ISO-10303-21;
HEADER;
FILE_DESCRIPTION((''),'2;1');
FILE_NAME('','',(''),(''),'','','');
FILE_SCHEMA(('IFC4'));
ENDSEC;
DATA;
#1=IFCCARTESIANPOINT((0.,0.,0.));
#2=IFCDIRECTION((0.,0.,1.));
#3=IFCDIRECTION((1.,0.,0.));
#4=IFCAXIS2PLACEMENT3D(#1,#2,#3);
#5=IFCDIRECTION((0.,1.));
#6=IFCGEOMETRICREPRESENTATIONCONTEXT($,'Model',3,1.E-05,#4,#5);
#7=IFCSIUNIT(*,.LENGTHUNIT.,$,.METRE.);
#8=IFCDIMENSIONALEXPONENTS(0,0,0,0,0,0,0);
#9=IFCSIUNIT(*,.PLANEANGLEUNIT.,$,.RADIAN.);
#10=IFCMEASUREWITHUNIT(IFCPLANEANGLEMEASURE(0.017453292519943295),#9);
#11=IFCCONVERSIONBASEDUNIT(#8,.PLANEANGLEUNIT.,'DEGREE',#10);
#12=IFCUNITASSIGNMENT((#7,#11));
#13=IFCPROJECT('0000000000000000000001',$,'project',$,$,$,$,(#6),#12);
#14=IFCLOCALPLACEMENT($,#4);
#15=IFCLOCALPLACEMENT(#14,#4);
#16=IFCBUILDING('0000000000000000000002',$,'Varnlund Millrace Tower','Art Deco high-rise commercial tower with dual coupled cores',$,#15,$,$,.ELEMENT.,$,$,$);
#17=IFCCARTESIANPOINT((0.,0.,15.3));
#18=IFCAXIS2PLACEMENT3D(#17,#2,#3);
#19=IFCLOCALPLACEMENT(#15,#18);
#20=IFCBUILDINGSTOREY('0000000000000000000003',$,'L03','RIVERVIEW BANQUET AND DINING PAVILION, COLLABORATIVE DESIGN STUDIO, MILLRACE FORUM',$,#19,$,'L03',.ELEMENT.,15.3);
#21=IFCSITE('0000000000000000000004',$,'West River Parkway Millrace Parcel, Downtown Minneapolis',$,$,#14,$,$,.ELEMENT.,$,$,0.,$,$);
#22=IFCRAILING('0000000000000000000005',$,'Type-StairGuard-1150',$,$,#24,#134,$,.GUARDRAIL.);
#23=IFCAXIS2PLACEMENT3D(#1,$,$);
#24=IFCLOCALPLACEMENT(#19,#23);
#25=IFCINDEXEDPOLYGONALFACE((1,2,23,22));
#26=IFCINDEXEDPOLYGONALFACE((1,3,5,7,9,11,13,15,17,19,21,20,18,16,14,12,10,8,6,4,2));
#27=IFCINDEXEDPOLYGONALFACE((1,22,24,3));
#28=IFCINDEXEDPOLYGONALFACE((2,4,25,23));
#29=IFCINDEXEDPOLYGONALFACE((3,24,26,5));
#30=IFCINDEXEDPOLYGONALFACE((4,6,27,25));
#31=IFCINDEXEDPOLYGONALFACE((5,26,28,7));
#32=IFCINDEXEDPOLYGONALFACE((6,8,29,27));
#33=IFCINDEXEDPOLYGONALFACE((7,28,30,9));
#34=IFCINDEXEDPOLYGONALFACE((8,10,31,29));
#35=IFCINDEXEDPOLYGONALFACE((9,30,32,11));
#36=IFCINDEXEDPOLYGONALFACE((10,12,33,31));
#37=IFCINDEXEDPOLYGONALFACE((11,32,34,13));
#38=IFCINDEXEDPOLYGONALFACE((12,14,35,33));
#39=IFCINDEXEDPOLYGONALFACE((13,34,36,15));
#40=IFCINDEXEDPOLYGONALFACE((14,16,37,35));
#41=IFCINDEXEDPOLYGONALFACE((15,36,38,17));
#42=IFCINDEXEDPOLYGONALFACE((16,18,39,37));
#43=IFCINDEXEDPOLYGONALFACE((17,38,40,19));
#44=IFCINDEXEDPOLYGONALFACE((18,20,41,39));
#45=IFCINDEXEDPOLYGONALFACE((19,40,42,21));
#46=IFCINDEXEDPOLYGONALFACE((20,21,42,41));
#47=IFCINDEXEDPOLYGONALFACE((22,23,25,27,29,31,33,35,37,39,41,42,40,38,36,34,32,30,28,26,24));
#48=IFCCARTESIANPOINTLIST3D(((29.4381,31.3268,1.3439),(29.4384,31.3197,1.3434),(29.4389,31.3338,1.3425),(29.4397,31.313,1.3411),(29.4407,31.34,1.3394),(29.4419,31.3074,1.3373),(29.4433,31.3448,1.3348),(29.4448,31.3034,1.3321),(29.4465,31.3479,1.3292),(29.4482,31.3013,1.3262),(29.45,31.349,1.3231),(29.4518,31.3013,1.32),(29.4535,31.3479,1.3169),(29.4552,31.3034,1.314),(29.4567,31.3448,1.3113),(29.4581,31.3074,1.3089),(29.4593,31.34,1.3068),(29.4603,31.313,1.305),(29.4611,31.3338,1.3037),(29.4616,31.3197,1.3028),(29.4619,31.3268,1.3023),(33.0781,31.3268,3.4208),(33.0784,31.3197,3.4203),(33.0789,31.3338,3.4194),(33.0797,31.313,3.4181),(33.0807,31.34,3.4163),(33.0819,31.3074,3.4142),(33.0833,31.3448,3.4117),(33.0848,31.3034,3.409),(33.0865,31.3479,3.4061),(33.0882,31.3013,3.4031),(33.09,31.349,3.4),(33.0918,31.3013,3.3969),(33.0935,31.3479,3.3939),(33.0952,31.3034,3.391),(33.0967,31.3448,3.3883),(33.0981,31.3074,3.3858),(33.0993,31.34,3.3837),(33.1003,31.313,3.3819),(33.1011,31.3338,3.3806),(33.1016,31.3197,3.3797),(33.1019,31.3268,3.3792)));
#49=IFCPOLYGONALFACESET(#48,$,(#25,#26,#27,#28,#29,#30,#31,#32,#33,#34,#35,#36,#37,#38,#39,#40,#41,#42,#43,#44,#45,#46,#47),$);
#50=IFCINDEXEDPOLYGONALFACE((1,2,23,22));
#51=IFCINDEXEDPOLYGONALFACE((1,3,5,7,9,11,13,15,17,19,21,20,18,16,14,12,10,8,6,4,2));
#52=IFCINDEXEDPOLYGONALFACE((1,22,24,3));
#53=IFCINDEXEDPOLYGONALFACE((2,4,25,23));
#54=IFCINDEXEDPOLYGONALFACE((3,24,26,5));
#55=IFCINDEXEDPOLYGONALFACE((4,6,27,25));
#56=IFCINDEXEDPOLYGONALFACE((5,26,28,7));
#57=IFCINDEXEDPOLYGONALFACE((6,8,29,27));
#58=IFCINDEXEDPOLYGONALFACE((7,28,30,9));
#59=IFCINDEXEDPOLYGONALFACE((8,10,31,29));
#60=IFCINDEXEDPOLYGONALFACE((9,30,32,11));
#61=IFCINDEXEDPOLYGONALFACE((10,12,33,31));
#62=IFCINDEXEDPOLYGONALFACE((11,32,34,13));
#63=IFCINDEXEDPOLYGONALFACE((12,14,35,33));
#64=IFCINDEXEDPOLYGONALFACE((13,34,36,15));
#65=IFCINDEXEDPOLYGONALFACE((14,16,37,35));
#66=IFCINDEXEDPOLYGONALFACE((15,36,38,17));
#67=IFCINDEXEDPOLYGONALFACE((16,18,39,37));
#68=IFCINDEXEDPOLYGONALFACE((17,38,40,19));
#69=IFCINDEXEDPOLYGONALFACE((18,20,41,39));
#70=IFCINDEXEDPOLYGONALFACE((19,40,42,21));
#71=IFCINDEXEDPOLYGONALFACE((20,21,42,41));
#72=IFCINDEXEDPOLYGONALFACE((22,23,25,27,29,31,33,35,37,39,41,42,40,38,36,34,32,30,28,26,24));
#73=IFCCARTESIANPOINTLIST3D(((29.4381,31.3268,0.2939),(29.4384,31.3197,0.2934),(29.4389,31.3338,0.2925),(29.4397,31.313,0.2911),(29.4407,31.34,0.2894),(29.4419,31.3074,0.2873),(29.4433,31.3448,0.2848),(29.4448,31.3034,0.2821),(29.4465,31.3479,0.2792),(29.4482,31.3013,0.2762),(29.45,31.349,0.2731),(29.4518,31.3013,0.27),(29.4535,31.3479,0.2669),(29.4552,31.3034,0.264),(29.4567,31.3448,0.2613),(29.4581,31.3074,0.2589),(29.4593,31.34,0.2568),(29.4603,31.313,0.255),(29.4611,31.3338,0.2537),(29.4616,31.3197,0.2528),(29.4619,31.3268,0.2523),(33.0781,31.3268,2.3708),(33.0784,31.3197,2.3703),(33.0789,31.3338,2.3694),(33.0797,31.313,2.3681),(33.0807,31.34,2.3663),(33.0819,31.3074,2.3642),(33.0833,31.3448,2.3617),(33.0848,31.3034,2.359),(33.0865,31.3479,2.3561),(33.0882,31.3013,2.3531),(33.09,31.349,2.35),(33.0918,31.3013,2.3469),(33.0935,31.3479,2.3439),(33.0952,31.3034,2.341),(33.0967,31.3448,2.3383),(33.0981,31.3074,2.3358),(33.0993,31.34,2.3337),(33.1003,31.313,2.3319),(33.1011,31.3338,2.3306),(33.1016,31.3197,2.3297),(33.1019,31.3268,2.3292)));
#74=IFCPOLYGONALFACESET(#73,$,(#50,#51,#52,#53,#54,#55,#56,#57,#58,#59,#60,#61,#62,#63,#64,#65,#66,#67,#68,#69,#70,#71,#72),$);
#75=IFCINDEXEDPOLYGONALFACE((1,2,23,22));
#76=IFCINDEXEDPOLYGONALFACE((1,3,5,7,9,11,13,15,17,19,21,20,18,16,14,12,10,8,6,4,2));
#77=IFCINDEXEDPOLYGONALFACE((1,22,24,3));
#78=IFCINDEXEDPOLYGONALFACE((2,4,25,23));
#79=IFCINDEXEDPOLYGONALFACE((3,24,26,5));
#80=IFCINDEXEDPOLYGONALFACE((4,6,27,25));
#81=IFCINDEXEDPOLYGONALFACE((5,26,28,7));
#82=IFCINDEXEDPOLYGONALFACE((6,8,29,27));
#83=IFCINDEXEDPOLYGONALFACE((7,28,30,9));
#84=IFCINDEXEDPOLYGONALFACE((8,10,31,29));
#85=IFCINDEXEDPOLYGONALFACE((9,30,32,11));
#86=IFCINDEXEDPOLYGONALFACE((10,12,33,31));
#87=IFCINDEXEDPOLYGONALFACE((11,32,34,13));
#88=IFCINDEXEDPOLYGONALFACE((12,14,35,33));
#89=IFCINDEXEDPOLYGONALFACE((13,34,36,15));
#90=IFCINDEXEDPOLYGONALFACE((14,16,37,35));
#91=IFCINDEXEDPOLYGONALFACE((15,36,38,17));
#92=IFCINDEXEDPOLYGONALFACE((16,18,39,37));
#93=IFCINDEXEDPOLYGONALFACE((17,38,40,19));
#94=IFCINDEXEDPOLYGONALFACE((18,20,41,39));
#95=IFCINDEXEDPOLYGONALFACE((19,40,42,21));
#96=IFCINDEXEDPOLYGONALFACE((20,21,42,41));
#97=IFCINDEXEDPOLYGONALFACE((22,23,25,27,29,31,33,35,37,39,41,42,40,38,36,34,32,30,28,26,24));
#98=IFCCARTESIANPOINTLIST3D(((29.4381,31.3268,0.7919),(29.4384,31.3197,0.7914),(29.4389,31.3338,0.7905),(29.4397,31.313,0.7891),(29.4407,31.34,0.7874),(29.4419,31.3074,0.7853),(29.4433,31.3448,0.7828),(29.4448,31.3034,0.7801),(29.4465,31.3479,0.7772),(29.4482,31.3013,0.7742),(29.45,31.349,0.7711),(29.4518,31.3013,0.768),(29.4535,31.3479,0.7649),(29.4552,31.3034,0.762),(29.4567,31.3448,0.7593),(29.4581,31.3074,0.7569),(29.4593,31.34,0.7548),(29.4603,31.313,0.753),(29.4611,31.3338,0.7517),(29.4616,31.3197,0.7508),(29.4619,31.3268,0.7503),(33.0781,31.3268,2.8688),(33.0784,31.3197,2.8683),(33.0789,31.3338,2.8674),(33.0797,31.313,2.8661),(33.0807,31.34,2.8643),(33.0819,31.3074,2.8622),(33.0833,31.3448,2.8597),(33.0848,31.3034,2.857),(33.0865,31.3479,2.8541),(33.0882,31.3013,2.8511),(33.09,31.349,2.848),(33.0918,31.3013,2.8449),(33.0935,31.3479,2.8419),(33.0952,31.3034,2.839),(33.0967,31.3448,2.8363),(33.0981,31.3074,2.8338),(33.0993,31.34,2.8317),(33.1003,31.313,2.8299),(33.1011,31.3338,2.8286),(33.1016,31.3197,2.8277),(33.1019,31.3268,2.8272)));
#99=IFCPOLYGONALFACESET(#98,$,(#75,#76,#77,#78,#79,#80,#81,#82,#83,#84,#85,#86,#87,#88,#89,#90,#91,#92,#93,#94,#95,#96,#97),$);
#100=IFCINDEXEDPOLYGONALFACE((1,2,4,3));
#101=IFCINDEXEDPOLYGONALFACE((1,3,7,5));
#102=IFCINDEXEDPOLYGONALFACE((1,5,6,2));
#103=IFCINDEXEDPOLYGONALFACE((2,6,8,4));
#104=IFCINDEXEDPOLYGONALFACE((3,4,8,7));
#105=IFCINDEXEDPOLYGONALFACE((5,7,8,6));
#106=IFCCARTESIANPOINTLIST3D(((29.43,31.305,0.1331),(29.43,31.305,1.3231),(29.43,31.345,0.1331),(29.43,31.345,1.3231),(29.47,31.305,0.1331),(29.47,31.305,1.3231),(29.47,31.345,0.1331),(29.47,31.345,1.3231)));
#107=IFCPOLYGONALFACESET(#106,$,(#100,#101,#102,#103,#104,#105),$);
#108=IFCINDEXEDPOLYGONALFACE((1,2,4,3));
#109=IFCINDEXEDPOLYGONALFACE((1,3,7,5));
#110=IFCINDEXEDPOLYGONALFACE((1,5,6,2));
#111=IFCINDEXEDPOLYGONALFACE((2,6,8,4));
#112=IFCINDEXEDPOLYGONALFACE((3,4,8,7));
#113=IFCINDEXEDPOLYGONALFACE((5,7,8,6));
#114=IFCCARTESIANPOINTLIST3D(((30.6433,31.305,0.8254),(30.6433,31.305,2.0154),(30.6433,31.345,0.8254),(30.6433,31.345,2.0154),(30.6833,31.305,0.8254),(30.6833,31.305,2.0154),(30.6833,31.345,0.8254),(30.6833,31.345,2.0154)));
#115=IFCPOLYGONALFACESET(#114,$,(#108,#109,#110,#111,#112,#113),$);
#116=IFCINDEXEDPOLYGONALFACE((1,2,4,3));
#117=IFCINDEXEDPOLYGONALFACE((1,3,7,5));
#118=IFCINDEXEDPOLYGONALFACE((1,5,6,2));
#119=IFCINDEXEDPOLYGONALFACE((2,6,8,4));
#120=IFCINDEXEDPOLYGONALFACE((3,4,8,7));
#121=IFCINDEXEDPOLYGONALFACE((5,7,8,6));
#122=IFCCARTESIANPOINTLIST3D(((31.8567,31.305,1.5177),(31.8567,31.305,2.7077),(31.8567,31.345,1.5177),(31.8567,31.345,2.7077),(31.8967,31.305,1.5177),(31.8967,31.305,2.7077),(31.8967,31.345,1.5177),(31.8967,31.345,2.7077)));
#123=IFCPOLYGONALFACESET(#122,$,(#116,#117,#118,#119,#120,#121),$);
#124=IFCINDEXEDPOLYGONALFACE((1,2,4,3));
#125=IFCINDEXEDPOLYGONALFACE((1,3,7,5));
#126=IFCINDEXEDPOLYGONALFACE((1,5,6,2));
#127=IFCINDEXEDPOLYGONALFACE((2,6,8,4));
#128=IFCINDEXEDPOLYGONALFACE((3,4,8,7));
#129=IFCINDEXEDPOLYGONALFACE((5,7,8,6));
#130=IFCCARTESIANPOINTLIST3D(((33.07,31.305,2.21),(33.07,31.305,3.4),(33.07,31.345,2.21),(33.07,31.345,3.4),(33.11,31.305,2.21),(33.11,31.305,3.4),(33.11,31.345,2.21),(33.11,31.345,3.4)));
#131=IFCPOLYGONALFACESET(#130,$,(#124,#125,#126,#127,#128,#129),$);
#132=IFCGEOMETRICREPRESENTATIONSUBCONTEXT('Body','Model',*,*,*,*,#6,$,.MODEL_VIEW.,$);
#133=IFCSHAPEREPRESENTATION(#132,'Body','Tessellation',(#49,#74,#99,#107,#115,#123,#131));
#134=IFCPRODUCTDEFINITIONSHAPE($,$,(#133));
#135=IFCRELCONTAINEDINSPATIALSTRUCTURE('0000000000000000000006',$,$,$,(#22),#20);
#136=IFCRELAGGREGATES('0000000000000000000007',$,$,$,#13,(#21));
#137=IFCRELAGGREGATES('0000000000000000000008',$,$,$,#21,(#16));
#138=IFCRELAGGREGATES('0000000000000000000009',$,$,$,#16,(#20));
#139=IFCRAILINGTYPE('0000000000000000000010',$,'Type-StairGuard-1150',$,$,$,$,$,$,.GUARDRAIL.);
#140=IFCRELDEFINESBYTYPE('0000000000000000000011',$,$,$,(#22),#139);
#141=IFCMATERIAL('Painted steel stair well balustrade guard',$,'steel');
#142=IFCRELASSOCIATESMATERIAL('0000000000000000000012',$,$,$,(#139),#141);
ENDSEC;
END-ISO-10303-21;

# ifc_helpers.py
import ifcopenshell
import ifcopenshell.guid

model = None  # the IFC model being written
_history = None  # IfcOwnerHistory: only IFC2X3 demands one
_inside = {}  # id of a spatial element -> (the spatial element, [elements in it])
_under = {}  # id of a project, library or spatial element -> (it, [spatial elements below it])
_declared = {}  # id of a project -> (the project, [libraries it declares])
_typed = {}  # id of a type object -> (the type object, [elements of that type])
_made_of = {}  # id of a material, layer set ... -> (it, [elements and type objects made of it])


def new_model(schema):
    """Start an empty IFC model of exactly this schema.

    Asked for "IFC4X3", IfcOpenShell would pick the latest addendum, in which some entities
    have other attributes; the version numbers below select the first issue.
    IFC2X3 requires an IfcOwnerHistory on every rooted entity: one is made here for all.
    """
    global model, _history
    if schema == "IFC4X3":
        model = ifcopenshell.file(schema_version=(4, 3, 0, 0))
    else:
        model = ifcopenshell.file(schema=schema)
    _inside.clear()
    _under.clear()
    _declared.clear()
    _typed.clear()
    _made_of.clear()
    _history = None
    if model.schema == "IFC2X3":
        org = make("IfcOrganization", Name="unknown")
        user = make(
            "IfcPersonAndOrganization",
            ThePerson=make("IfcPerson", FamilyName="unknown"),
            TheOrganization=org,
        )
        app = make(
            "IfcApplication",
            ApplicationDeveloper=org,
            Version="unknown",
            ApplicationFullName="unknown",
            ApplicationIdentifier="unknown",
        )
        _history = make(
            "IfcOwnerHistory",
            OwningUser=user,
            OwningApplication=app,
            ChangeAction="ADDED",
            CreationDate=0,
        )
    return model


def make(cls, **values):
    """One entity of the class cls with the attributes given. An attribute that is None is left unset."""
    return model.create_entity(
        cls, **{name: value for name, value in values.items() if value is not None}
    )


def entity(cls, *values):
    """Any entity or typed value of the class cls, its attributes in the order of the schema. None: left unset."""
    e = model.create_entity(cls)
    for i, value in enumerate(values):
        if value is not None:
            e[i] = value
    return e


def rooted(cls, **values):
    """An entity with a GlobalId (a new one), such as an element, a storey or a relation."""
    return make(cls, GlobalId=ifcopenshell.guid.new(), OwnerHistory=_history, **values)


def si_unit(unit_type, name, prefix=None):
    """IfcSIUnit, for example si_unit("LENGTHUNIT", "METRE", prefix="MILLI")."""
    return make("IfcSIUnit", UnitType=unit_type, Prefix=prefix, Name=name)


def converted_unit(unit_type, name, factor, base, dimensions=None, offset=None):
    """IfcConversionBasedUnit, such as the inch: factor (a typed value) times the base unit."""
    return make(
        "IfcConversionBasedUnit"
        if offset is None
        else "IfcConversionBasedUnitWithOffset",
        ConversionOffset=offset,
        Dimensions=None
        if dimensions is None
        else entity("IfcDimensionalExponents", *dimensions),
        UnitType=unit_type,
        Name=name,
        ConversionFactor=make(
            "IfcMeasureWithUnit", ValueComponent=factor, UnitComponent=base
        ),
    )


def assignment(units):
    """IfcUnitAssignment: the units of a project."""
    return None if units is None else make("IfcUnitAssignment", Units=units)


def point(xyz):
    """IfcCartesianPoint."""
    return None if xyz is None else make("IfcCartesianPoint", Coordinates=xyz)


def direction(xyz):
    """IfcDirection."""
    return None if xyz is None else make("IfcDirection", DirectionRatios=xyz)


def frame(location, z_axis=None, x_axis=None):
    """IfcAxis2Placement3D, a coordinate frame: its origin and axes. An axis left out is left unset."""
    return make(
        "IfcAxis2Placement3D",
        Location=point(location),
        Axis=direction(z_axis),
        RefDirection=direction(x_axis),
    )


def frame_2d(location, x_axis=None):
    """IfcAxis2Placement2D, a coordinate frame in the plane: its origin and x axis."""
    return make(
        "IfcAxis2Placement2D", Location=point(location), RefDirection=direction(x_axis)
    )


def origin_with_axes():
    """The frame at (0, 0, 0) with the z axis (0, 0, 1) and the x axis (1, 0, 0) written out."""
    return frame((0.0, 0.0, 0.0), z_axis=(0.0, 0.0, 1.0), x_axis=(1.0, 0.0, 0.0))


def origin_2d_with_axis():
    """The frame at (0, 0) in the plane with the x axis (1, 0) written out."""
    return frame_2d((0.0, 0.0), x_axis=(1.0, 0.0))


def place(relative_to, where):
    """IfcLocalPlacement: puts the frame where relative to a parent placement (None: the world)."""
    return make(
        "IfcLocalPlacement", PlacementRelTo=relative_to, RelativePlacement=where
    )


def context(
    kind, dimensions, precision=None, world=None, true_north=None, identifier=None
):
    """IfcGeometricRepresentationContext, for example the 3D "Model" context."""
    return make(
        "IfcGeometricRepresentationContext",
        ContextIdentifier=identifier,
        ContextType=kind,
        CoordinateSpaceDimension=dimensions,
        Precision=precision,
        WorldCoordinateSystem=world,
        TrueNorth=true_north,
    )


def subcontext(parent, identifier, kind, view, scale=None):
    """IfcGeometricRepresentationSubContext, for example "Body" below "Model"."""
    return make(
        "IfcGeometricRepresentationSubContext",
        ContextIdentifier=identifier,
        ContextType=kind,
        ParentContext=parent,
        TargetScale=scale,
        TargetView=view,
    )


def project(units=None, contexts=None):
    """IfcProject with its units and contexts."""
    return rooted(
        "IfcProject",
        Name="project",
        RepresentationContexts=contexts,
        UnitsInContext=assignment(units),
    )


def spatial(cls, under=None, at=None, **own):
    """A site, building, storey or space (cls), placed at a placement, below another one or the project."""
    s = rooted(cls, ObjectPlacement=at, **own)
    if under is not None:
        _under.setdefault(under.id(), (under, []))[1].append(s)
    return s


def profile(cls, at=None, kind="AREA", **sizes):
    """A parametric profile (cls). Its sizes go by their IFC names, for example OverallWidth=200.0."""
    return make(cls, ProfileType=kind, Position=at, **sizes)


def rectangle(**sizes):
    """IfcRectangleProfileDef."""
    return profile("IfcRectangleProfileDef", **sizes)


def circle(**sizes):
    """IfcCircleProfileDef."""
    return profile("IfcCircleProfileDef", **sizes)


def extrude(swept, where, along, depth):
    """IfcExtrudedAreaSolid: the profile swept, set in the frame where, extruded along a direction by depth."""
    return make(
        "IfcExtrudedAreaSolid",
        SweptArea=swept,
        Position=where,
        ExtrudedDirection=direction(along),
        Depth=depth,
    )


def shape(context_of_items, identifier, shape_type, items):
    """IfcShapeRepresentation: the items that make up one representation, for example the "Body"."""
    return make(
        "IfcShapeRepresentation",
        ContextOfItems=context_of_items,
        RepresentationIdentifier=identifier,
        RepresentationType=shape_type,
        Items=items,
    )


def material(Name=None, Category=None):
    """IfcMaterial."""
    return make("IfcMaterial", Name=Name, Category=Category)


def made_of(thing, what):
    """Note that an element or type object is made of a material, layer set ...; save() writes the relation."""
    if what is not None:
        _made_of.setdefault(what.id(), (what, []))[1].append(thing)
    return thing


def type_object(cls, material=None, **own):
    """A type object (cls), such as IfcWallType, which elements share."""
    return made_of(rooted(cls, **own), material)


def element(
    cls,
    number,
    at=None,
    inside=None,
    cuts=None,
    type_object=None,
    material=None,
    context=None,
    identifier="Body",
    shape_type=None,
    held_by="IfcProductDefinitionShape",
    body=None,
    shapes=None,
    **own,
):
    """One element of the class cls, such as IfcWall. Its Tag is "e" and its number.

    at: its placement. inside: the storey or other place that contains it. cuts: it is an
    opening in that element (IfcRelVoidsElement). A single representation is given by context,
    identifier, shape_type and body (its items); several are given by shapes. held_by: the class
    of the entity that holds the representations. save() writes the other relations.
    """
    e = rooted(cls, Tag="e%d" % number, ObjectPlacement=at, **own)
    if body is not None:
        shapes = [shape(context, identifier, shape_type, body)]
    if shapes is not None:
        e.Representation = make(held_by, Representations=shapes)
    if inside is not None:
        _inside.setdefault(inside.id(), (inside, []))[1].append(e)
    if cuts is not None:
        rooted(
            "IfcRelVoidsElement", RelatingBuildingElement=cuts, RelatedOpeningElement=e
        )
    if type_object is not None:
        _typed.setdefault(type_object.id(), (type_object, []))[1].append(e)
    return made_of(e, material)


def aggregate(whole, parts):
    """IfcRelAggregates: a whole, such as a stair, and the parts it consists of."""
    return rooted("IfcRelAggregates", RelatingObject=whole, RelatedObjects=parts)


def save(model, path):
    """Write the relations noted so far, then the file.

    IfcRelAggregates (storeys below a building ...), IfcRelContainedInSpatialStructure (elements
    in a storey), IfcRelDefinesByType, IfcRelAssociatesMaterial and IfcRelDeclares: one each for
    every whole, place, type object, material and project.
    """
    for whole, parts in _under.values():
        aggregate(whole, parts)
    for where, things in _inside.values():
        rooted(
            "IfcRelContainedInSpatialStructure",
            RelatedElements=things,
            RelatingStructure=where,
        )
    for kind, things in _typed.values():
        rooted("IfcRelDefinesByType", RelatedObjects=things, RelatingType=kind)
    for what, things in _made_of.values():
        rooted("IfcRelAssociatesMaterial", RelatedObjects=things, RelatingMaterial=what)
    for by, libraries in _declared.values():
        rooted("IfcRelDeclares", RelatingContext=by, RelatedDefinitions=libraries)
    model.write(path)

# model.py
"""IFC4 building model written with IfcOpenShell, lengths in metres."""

from ifc_helpers import new_model, entity, si_unit, converted_unit, direction, frame, origin_with_axes, origin_2d_with_axis, place, context, subcontext, project, spatial, rectangle, circle, extrude, material, type_object, element, save


model = new_model("IFC4")

# Units and contexts
model_context = context("Model", 3, precision=1e-05, world=origin_with_axes(), true_north=direction((0.0, 1.0)))
body_context = subcontext(model_context, "Body", "Model", "MODEL_VIEW")
ifc_project = project(units=[si_unit("LENGTHUNIT", "METRE"), converted_unit("PLANEANGLEUNIT", "DEGREE", entity("IfcPlaneAngleMeasure", 0.017453292519943295), si_unit("PLANEANGLEUNIT", "RADIAN"), dimensions=[0, 0, 0, 0, 0, 0, 0])], contexts=[model_context])

# Site, building, storey
site_placement = place(None, origin_with_axes())
site = spatial("IfcSite", under=ifc_project, at=site_placement, Name="West River Parkway Millrace Parcel, Downtown Minneapolis", CompositionType="ELEMENT", RefElevation=0.0)
building_placement = place(site_placement, origin_with_axes())
building = spatial("IfcBuilding", under=site, at=building_placement, Name="Varnlund Millrace Tower", Description="Art Deco high-rise commercial tower with dual coupled cores", CompositionType="ELEMENT")
storey_placement = place(building_placement, frame((0.0, 0.0, 15.3), z_axis=(0.0, 0.0, 1.0), x_axis=(1.0, 0.0, 0.0)))
storey = spatial("IfcBuildingStorey", under=building, at=storey_placement, Name="L03", Description="RIVERVIEW BANQUET AND DINING PAVILION, COLLABORATIVE DESIGN STUDIO, MILLRACE FORUM", LongName="L03", CompositionType="ELEMENT", Elevation=15.3)

# Railing
ifc_material_1 = material(Name="Painted steel stair well balustrade guard", Category="steel")
railing_type_1 = type_object("IfcRailingType", Name="Type-StairGuard-1150", PredefinedType="GUARDRAIL", material=ifc_material_1)
railing_1_placement = place(storey_placement, frame((0.0, 0.0, -15.3), z_axis=(0.0, 0.0, 1.0), x_axis=(1.0, 0.0, 0.0)))
element("IfcRailing", 1, at=railing_1_placement, inside=storey, type_object=railing_type_1, Name="Type-StairGuard-1150", PredefinedType="GUARDRAIL", context=body_context, shape_type="SweptSolid", body=[
    extrude(circle(Radius=0.024, at=origin_2d_with_axis()), frame((29.45, 31.325, 16.6231), z_axis=(0.868559, 0.0, 0.495585), x_axis=(0.0, 1.0, 0.0)), (0.0, 0.0, 1.0), 4.1908),
    extrude(circle(Radius=0.024, at=origin_2d_with_axis()), frame((29.45, 31.325, 15.5731), z_axis=(0.868559, 0.0, 0.495585), x_axis=(0.0, 1.0, 0.0)), (0.0, 0.0, 1.0), 4.1908),
    extrude(circle(Radius=0.024, at=origin_2d_with_axis()), frame((29.45, 31.325, 16.0711), z_axis=(0.868559, 0.0, 0.495585), x_axis=(0.0, 1.0, 0.0)), (0.0, 0.0, 1.0), 4.1908),
    extrude(rectangle(XDim=0.04, YDim=0.04, at=origin_2d_with_axis()), frame((29.45, 31.325, 15.4331), z_axis=(0.0, 0.0, 1.0), x_axis=(1.0, 0.0, 0.0)), (0.0, 0.0, 1.0), 1.19),
    extrude(rectangle(XDim=0.04, YDim=0.04, at=origin_2d_with_axis()), frame((30.6633, 31.325, 16.1254), z_axis=(0.0, 0.0, 1.0), x_axis=(1.0, 0.0, 0.0)), (0.0, 0.0, 1.0), 1.19),
    extrude(rectangle(XDim=0.04, YDim=0.04, at=origin_2d_with_axis()), frame((31.8767, 31.325, 16.8177), z_axis=(0.0, 0.0, 1.0), x_axis=(1.0, 0.0, 0.0)), (0.0, 0.0, 1.0), 1.19),
    extrude(rectangle(XDim=0.04, YDim=0.04, at=origin_2d_with_axis()), frame((33.09, 31.325, 17.51), z_axis=(0.0, 0.0, 1.0), x_axis=(1.0, 0.0, 0.0)), (0.0, 0.0, 1.0), 1.19),
])

save(model, "model.ifc")
